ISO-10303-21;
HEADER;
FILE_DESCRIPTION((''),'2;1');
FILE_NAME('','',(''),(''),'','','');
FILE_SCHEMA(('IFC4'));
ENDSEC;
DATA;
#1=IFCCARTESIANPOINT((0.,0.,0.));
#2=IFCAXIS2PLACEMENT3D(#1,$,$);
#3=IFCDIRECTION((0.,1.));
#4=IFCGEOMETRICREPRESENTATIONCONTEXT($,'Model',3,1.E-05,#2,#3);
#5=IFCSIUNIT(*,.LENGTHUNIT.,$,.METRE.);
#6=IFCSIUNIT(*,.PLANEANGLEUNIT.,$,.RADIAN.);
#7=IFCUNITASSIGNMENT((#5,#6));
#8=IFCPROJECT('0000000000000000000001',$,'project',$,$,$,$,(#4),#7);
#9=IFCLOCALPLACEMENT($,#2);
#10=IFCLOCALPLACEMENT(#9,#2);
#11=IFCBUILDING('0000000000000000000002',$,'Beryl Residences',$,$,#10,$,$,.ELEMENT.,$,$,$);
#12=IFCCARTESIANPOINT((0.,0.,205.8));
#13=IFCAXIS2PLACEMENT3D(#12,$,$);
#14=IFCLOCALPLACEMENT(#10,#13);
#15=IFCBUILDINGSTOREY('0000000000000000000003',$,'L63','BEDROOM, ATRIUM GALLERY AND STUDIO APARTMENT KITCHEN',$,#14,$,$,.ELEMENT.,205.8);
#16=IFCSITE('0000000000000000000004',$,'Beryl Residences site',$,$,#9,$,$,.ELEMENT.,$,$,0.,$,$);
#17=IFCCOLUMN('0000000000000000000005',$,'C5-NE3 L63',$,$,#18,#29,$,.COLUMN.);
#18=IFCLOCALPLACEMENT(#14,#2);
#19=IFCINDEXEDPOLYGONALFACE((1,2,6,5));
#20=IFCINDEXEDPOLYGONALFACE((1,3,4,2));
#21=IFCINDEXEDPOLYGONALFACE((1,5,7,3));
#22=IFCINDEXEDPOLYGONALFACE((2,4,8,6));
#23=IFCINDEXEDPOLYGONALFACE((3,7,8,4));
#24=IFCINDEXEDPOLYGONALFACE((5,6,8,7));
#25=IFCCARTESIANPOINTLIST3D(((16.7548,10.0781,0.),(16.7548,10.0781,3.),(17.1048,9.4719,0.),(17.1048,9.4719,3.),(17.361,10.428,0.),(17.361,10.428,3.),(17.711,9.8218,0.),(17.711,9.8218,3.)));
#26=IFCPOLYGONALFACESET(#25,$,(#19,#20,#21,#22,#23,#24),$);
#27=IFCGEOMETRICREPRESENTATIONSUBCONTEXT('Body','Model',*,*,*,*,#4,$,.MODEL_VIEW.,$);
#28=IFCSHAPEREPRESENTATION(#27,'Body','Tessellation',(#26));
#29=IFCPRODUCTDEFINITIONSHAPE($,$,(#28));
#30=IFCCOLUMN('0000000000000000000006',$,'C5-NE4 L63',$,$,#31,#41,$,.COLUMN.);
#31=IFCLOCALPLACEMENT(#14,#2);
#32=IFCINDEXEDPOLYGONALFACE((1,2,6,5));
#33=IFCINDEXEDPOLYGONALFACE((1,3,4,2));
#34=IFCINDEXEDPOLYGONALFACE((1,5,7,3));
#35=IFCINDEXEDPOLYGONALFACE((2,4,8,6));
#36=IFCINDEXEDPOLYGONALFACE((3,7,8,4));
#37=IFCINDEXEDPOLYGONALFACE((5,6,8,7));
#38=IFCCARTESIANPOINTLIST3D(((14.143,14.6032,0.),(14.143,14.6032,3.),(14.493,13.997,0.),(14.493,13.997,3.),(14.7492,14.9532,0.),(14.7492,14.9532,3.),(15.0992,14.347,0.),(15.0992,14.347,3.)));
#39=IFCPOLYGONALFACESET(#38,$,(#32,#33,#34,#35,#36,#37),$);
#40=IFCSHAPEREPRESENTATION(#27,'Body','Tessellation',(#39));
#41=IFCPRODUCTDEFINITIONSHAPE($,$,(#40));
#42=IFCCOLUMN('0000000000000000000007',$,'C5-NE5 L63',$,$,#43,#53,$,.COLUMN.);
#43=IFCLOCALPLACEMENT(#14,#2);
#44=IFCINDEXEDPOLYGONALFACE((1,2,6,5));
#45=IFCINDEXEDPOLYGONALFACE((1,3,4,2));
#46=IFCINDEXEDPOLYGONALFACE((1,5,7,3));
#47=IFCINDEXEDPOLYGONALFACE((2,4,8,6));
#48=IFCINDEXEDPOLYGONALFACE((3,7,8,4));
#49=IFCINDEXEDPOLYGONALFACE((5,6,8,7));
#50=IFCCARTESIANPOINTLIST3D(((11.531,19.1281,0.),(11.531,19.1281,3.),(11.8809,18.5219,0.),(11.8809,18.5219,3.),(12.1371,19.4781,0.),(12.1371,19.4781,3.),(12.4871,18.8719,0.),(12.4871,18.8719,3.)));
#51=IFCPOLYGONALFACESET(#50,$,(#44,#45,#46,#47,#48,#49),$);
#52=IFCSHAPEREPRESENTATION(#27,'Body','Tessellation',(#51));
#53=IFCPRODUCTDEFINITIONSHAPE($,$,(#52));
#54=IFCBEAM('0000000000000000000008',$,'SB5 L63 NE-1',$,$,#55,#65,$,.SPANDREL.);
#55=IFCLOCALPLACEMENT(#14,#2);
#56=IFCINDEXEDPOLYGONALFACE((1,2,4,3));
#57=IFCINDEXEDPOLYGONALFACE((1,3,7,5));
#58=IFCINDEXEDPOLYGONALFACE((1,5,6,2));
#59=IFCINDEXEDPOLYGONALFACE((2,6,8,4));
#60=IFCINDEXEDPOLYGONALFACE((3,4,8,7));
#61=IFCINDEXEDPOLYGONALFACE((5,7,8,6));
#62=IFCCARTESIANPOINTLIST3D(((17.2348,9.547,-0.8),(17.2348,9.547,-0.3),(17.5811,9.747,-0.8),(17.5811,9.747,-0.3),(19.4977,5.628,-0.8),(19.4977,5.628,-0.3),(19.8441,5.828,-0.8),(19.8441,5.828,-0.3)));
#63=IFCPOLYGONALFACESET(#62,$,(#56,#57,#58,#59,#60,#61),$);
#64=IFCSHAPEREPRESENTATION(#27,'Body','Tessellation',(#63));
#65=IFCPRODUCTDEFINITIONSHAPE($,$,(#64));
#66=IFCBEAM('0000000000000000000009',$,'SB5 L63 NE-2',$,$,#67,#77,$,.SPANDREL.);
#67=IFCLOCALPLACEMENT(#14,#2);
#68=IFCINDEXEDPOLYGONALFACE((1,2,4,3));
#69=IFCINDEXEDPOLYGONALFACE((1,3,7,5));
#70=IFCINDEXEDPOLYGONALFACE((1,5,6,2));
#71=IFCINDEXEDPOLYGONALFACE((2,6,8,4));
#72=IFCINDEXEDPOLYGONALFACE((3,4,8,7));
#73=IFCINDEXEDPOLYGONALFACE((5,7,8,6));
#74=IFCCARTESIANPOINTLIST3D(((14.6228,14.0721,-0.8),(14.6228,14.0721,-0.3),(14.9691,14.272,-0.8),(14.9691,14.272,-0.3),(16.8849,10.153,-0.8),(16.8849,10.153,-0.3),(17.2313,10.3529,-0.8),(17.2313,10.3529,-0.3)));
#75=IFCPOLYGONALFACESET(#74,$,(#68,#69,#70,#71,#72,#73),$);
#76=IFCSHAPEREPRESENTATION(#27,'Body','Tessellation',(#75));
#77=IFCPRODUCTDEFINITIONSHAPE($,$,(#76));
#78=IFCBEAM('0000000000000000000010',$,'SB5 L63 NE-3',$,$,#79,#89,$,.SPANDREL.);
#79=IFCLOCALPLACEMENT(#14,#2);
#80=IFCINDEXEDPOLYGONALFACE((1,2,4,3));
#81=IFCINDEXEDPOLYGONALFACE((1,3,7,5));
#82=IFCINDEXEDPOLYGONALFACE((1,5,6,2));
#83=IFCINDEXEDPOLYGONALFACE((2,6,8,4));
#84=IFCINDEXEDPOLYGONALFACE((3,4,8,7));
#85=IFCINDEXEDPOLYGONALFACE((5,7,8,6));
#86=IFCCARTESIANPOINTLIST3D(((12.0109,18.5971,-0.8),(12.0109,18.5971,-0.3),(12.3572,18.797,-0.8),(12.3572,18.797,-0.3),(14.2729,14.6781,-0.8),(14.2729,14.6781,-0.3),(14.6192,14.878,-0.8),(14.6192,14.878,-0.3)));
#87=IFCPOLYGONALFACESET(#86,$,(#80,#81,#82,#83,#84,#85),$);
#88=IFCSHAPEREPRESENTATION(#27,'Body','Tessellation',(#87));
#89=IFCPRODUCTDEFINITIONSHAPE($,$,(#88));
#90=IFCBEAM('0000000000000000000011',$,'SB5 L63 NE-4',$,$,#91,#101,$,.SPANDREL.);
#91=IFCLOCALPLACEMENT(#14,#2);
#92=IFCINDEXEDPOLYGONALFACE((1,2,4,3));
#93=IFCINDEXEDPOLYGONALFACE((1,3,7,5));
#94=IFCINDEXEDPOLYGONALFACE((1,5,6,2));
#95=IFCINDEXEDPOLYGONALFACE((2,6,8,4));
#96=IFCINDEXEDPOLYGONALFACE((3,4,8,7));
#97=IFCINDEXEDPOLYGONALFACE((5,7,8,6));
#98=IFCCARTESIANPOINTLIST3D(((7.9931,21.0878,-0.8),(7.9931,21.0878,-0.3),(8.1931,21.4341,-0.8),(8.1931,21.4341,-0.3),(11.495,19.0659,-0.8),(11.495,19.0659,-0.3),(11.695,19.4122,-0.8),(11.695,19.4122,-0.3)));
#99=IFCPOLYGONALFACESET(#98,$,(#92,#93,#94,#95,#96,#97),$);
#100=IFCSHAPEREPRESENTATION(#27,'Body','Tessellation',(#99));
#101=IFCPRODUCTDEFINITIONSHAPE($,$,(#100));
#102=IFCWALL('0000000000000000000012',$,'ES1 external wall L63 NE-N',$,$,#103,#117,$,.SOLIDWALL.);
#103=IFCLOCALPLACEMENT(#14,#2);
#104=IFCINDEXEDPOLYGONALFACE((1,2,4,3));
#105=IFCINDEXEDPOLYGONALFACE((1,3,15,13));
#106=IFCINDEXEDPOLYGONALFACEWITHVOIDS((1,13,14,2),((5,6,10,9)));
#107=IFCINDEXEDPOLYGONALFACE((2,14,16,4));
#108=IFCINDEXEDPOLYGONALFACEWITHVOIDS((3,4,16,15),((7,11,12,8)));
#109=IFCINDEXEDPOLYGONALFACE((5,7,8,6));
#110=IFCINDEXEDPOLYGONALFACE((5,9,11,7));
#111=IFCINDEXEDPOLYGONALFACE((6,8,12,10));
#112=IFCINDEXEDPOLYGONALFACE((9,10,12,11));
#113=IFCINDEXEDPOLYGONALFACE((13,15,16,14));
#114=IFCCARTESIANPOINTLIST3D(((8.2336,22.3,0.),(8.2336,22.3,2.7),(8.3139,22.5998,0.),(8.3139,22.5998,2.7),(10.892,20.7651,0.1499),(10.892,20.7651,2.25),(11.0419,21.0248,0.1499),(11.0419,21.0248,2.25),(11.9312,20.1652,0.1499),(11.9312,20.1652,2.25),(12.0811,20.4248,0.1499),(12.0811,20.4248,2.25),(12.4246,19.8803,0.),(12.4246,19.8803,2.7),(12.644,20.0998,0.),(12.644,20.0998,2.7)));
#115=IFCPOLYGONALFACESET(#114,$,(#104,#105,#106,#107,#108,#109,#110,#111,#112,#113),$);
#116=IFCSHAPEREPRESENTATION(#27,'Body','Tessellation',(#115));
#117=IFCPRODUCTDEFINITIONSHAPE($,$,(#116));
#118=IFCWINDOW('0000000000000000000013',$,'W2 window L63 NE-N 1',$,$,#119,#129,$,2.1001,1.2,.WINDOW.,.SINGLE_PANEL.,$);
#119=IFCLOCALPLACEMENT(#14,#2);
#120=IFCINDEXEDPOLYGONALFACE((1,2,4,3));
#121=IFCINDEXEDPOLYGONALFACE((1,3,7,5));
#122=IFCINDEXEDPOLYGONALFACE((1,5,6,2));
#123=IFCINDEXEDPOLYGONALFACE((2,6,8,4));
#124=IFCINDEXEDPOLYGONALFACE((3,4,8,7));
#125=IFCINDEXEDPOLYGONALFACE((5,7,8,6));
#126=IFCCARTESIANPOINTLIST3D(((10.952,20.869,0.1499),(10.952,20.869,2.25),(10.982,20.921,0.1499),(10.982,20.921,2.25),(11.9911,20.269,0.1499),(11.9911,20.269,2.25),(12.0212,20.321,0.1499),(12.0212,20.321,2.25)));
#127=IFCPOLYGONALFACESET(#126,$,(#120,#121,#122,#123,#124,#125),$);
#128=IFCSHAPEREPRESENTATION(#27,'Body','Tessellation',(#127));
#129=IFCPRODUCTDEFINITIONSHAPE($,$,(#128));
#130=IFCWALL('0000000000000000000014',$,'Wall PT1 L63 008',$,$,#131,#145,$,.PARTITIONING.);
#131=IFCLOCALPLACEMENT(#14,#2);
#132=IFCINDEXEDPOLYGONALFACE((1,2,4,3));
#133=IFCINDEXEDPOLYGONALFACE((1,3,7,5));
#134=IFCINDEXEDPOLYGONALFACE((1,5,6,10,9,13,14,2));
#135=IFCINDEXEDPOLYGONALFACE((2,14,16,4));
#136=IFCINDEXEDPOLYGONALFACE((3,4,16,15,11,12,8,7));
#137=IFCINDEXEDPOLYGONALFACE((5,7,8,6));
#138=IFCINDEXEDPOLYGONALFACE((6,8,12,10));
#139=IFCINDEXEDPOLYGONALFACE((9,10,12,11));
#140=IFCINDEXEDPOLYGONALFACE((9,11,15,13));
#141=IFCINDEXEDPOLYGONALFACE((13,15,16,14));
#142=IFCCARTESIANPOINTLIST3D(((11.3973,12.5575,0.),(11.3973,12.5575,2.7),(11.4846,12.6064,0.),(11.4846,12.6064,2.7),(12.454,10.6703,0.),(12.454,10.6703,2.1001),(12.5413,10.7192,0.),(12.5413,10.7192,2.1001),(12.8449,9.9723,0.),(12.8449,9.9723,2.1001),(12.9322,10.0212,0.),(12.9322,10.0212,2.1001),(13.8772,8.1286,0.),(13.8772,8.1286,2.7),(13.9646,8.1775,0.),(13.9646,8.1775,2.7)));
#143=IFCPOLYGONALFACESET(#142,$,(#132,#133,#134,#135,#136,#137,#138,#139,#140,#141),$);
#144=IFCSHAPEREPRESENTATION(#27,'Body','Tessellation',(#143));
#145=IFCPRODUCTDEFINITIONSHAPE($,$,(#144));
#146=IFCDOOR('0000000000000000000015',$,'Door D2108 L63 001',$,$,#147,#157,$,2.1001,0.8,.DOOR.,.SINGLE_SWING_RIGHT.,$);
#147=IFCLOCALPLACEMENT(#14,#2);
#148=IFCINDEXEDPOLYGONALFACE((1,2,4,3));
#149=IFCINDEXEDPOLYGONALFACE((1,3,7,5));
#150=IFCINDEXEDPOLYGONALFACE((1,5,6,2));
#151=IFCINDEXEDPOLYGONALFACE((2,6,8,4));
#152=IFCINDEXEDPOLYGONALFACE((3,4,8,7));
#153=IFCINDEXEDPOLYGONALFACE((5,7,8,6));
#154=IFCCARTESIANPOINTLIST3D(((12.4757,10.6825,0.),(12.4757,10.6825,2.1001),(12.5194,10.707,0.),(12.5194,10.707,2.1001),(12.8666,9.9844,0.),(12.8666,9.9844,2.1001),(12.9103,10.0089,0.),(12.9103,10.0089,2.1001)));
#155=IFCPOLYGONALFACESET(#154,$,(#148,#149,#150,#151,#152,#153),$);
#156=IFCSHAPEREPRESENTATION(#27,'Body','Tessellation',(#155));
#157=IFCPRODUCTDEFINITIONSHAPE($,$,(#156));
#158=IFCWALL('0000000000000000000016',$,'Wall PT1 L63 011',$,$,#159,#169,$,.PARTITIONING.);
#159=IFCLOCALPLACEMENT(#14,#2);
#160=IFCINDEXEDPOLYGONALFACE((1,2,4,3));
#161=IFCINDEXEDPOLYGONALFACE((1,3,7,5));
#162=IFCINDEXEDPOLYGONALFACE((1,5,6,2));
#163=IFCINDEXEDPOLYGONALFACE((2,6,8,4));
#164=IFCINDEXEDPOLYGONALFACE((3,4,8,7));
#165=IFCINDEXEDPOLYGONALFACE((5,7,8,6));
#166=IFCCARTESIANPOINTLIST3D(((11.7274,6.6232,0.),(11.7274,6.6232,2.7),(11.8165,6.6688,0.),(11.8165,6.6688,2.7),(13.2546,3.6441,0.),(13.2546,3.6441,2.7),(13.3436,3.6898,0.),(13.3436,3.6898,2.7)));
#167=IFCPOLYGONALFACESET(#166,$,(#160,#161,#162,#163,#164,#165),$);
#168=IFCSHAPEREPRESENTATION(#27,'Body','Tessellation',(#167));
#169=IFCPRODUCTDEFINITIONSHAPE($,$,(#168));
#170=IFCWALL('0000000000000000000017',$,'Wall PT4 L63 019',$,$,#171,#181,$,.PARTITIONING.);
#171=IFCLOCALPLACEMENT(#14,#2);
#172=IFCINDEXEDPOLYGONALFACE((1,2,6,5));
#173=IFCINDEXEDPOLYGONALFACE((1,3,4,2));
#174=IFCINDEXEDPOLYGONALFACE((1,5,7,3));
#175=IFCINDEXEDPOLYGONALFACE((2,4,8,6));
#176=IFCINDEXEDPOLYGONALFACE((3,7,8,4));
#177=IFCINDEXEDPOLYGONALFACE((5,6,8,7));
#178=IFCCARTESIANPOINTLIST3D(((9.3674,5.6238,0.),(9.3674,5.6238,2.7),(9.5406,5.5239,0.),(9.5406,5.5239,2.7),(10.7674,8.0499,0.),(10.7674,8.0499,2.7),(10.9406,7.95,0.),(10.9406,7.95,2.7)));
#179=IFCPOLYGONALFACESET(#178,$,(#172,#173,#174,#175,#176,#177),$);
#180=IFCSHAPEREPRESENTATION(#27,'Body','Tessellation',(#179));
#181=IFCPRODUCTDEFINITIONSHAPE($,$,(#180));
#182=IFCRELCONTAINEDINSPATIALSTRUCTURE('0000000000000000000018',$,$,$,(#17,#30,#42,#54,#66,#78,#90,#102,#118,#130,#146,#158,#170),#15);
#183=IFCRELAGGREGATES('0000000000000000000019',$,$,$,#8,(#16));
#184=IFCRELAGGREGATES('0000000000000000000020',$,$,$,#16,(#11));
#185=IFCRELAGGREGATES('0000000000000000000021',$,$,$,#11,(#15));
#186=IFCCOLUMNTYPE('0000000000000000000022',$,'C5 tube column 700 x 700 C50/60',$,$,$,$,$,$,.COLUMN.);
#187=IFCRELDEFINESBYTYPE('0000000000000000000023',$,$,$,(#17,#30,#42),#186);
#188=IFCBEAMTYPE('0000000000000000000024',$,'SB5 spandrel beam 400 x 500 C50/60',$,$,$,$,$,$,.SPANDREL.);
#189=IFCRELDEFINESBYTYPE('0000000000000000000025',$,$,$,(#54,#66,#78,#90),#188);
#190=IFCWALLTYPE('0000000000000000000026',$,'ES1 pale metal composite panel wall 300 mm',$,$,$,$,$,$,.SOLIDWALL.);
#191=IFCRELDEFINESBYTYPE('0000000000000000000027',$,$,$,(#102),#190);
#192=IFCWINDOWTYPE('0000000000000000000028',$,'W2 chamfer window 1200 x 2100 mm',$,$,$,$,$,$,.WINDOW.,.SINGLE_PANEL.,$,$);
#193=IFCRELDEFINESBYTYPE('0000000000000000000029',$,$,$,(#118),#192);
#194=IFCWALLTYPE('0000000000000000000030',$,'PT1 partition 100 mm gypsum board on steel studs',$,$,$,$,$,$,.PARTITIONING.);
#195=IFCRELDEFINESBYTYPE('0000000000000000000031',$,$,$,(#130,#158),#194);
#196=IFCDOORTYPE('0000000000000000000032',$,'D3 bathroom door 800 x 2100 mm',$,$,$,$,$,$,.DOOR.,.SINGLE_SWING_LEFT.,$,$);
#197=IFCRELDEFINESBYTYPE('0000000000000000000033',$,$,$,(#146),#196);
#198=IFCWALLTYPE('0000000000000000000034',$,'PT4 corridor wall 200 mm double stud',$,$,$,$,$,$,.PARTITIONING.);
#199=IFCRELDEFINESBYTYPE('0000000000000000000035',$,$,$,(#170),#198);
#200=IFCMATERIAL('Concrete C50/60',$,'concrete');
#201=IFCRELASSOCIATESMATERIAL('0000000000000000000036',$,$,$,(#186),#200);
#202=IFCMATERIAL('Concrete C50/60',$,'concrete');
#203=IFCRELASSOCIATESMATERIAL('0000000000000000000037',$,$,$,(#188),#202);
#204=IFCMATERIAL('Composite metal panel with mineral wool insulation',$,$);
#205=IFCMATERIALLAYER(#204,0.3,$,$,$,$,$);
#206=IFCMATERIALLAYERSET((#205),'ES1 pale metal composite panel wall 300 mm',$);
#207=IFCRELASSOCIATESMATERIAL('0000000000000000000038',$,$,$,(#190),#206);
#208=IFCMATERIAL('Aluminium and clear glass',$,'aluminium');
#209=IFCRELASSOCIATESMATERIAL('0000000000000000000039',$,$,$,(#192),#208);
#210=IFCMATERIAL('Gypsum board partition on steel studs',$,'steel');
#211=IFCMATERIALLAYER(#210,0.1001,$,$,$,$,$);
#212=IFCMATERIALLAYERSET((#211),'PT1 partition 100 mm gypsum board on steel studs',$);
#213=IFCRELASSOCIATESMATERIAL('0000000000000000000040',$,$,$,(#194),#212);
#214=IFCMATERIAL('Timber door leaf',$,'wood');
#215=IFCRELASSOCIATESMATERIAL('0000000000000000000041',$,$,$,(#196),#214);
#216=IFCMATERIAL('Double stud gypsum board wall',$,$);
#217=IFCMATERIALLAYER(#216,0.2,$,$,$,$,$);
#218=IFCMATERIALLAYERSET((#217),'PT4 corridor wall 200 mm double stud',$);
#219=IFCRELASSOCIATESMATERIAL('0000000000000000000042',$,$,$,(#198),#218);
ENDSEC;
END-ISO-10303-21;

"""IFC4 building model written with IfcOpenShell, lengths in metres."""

from ifc_helpers import new_model, si_unit, direction, frame, frame_2d, origin, origin_2d, place, context, subcontext, project, spatial, polyline, rectangle, outline, extrude, material, layer, layer_set, material_profile, profile_set, type_object, element, fill, save


model = new_model("IFC4")

# Units and contexts
model_context = context("Model", 3, precision=1e-05, world=origin(), true_north=direction((0.0, 1.0)))
body_context = subcontext(model_context, "Body", "Model", "MODEL_VIEW")
ifc_project = project(units=[si_unit("LENGTHUNIT", "METRE"), si_unit("PLANEANGLEUNIT", "RADIAN")], contexts=[model_context])

# Site, building, storey
site_placement = place(None, origin())
site = spatial("IfcSite", under=ifc_project, at=site_placement, Name="Beryl Residences site", CompositionType="ELEMENT", RefElevation=0.0)
building_placement = place(site_placement, origin())
building = spatial("IfcBuilding", under=site, at=building_placement, Name="Beryl Residences", CompositionType="ELEMENT")
storey_placement = place(building_placement, frame((0.0, 0.0, 205.8)))
storey = spatial("IfcBuildingStorey", under=building, at=storey_placement, Name="L63", Description="BEDROOM, ATRIUM GALLERY AND STUDIO APARTMENT KITCHEN", CompositionType="ELEMENT", Elevation=205.8)

# Columns
ifc_material_1 = material(Name="Concrete C50/60", Category="concrete")
ifc_material_profile_1 = material_profile(ifc_material_1, rectangle(XDim=0.7, YDim=0.7, at=origin_2d()))
ifc_profile_set_1 = profile_set([ifc_material_profile_1], Name="Concrete C50/60")
column_type = type_object("IfcColumnType", Name="C5 tube column 700 x 700 C50/60", PredefinedType="COLUMN", material=ifc_profile_set_1)
for number, where, z_axis, x_axis, name in (
    (1, (17.2329, 9.95, 0.0), (0.0, 0.0, 1.0), (-0.49997, 0.866043, 0.0), "C5-NE3 L63"),
    (2, (14.6211, 14.4751, 0.0), (0.0, 0.0, 1.0), (-0.49997, 0.866043, 0.0), "C5-NE4 L63"),
    (3, (12.009, 19.0, 0.0), (0.0, 0.0, 1.0), (-0.49997, 0.866043, 0.0), "C5-NE5 L63"),
):
    element("IfcColumn", number, at=place(storey_placement, frame(where, z_axis=z_axis, x_axis=x_axis)), inside=storey, type_object=column_type, Name=name, PredefinedType="COLUMN", context=body_context, shape_type="SweptSolid", body=[
        extrude(rectangle(XDim=0.7, YDim=0.7, at=origin_2d()), origin(), (0.0, 0.0, 1.0), 3.0),
    ])

# Beams
ifc_material_2 = material(Name="Concrete C50/60", Category="concrete")
ifc_material_profile_2 = material_profile(ifc_material_2, rectangle(XDim=0.3999, YDim=0.5, at=origin_2d()))
ifc_profile_set_2 = profile_set([ifc_material_profile_2], Name="Concrete C50/60")
beam_type = type_object("IfcBeamType", Name="SB5 spandrel beam 400 x 500 C50/60", PredefinedType="SPANDREL", material=ifc_profile_set_2)
beam_1_placement = place(storey_placement, frame((19.6709, 5.728, -0.55), z_axis=(-0.500056, 0.865993, 0.0), x_axis=(-0.865993, -0.500056, 0.0)))
element("IfcBeam", 4, at=beam_1_placement, inside=storey, type_object=beam_type, Name="SB5 L63 NE-1", PredefinedType="SPANDREL", context=body_context, shape_type="SweptSolid", body=[
    extrude(rectangle(XDim=0.3999, YDim=0.5, at=origin_2d()), origin(), (0.0, 0.0, 1.0), 4.5254),
])
beam_2_placement = place(storey_placement, frame((17.0581, 10.2529, -0.55), z_axis=(-0.499911, 0.866077, 0.0), x_axis=(-0.866077, -0.499911, 0.0)))
element("IfcBeam", 5, at=beam_2_placement, inside=storey, type_object=beam_type, Name="SB5 L63 NE-2", PredefinedType="SPANDREL", context=body_context, shape_type="SweptSolid", body=[
    extrude(rectangle(XDim=0.3999, YDim=0.5, at=origin_2d()), origin(), (0.0, 0.0, 1.0), 4.5251),
])
beam_3_placement = place(storey_placement, frame((14.446, 14.7781, -0.55), z_axis=(-0.499894, 0.866087, 0.0), x_axis=(-0.866087, -0.499894, 0.0)))
element("IfcBeam", 6, at=beam_3_placement, inside=storey, type_object=beam_type, Name="SB5 L63 NE-3", PredefinedType="SPANDREL", context=body_context, shape_type="SweptSolid", body=[
    extrude(rectangle(XDim=0.3999, YDim=0.5, at=origin_2d()), origin(), (0.0, 0.0, 1.0), 4.5249),
])
beam_4_placement = place(storey_placement, frame((11.595, 19.239, -0.55), z_axis=(-0.866013, 0.500022, 0.0), x_axis=(-0.500022, -0.866013, 0.0)))
element("IfcBeam", 7, at=beam_4_placement, inside=storey, type_object=beam_type, Name="SB5 L63 NE-4", PredefinedType="SPANDREL", context=body_context, shape_type="SweptSolid", body=[
    extrude(rectangle(XDim=0.3999, YDim=0.5, at=origin_2d()), origin(), (0.0, 0.0, 1.0), 4.0437),
])

# Wall, opening, window
ifc_material_3 = material(Name="Composite metal panel with mineral wool insulation")
ifc_layer_1 = layer(ifc_material_3, 0.3)
ifc_layer_set_1 = layer_set([ifc_layer_1], Name="ES1 pale metal composite panel wall 300 mm")
wall_type_1 = type_object("IfcWallType", Name="ES1 pale metal composite panel wall 300 mm", PredefinedType="SOLIDWALL", material=ifc_layer_set_1)
wall_1_placement = place(storey_placement, frame((12.5691, 19.97, 0.0), z_axis=(0.0, 0.0, 1.0), x_axis=(-0.866023, 0.500004, 0.0)))
wall_1 = element("IfcWall", 8, at=wall_1_placement, inside=storey, type_object=wall_type_1, Name="ES1 external wall L63 NE-N", PredefinedType="SOLIDWALL", context=body_context, shape_type="SweptSolid", body=[
    extrude(outline(polyline([(0.0, -0.1499), (5.0, -0.1499), (4.9197, 0.1499), (0.0803, 0.1499), (0.0, -0.1499)])), origin(), (0.0, 0.0, 1.0), 2.7),
])
opening_1_placement = place(wall_1_placement, frame((0.6499, 0.0, 0.1499)))
opening_1 = element("IfcOpeningElement", 9, at=opening_1_placement, cuts=wall_1, PredefinedType="OPENING", context=body_context, shape_type="SweptSolid", body=[
    extrude(rectangle(XDim=1.2, YDim=2.1001, at=frame_2d((0.6001, 1.05))), frame((0.0, 0.1599, 0.0), z_axis=(0.0, -1.0, 0.0), x_axis=(1.0, 0.0, 0.0)), (0.0, 0.0, 1.0), 0.3201),
])
ifc_material_4 = material(Name="Aluminium and clear glass", Category="aluminium")
window_type = type_object("IfcWindowType", Name="W2 chamfer window 1200 x 2100 mm", PartitioningType="SINGLE_PANEL", PredefinedType="WINDOW", material=ifc_material_4)
window_placement = place(opening_1_placement, origin())
window = element("IfcWindow", 10, at=window_placement, inside=storey, type_object=window_type, Name="W2 window L63 NE-N 1", OverallHeight=2.1001, OverallWidth=1.2, PartitioningType="SINGLE_PANEL", PredefinedType="WINDOW", context=body_context, shape_type="SweptSolid", body=[
    extrude(rectangle(XDim=1.2, YDim=2.1001, at=frame_2d((0.6001, 1.05))), frame((0.0, 0.03, 0.0), z_axis=(0.0, -1.0, 0.0), x_axis=(1.0, 0.0, 0.0)), (0.0, 0.0, 1.0), 0.0601),
])
fill(opening_1, window)

# Wall, opening, door
ifc_material_5 = material(Name="Gypsum board partition on steel studs", Category="steel")
ifc_layer_2 = layer(ifc_material_5, 0.1001)
ifc_layer_set_2 = layer_set([ifc_layer_2], Name="PT1 partition 100 mm gypsum board on steel studs")
wall_type_2 = type_object("IfcWallType", Name="PT1 partition 100 mm gypsum board on steel studs", PredefinedType="PARTITIONING", material=ifc_layer_set_2)
wall_2_placement = place(storey_placement, frame((11.4409, 12.582, 0.0), z_axis=(0.0, 0.0, 1.0), x_axis=(0.488568, -0.872526, 0.0)))
wall_2 = element("IfcWall", 11, at=wall_2_placement, inside=storey, type_object=wall_type_2, Name="Wall PT1 L63 008", PredefinedType="PARTITIONING", context=body_context, shape_type="SweptSolid", body=[
    extrude(rectangle(XDim=5.0759, YDim=0.1001, at=frame_2d((2.5381, 0.0))), origin(), (0.0, 0.0, 1.0), 2.7),
])
opening_2_placement = place(wall_2_placement, frame((2.1631, 0.0, 0.0)))
opening_2 = element("IfcOpeningElement", 12, at=opening_2_placement, cuts=wall_2, PredefinedType="OPENING", context=body_context, shape_type="SweptSolid", body=[
    extrude(rectangle(XDim=0.8, YDim=2.1001, at=frame_2d((0.3999, 1.05))), frame((0.0, 0.0601, 0.0), z_axis=(0.0, -1.0, 0.0), x_axis=(1.0, 0.0, 0.0)), (0.0, 0.0, 1.0), 0.1201),
])
ifc_material_6 = material(Name="Timber door leaf", Category="wood")
door_type = type_object("IfcDoorType", Name="D3 bathroom door 800 x 2100 mm", OperationType="SINGLE_SWING_LEFT", PredefinedType="DOOR", material=ifc_material_6)
door_placement = place(opening_2_placement, origin())
door = element("IfcDoor", 13, at=door_placement, inside=storey, type_object=door_type, Name="Door D2108 L63 001", OperationType="SINGLE_SWING_RIGHT", OverallHeight=2.1001, OverallWidth=0.8, PredefinedType="DOOR", context=body_context, shape_type="SweptSolid", body=[
    extrude(rectangle(XDim=0.8, YDim=2.1001, at=frame_2d((0.3999, 1.05))), frame((0.0, 0.0249, 0.0), z_axis=(0.0, -1.0, 0.0), x_axis=(1.0, 0.0, 0.0)), (0.0, 0.0, 1.0), 0.05),
])
fill(opening_2, door)

# Walls
wall_3_placement = place(storey_placement, frame((11.772, 6.646, 0.0), z_axis=(0.0, 0.0, 1.0), x_axis=(0.456176, -0.88989, 0.0)))
element("IfcWall", 14, at=wall_3_placement, inside=storey, type_object=wall_type_2, Name="Wall PT1 L63 011", PredefinedType="PARTITIONING", context=body_context, shape_type="SweptSolid", body=[
    extrude(rectangle(XDim=3.3477, YDim=0.1001, at=frame_2d((1.6738, 0.0))), origin(), (0.0, 0.0, 1.0), 2.7),
])
ifc_material_7 = material(Name="Double stud gypsum board wall")
ifc_layer_3 = layer(ifc_material_7, 0.2)
ifc_layer_set_3 = layer_set([ifc_layer_3], Name="PT4 corridor wall 200 mm double stud")
wall_type_3 = type_object("IfcWallType", Name="PT4 corridor wall 200 mm double stud", PredefinedType="PARTITIONING", material=ifc_layer_set_3)
wall_4_placement = place(storey_placement, frame((9.4541, 5.574, 0.0), z_axis=(0.0, 0.0, 1.0), x_axis=(0.499795, 0.866144, 0.0)))
element("IfcWall", 15, at=wall_4_placement, inside=storey, type_object=wall_type_3, Name="Wall PT4 L63 019", PredefinedType="PARTITIONING", context=body_context, shape_type="SweptSolid", body=[
    extrude(rectangle(XDim=2.801, YDim=0.2, at=frame_2d((1.4004, 0.0))), origin(), (0.0, 0.0, 1.0), 2.7),
])

save(model, "model.ifc")
